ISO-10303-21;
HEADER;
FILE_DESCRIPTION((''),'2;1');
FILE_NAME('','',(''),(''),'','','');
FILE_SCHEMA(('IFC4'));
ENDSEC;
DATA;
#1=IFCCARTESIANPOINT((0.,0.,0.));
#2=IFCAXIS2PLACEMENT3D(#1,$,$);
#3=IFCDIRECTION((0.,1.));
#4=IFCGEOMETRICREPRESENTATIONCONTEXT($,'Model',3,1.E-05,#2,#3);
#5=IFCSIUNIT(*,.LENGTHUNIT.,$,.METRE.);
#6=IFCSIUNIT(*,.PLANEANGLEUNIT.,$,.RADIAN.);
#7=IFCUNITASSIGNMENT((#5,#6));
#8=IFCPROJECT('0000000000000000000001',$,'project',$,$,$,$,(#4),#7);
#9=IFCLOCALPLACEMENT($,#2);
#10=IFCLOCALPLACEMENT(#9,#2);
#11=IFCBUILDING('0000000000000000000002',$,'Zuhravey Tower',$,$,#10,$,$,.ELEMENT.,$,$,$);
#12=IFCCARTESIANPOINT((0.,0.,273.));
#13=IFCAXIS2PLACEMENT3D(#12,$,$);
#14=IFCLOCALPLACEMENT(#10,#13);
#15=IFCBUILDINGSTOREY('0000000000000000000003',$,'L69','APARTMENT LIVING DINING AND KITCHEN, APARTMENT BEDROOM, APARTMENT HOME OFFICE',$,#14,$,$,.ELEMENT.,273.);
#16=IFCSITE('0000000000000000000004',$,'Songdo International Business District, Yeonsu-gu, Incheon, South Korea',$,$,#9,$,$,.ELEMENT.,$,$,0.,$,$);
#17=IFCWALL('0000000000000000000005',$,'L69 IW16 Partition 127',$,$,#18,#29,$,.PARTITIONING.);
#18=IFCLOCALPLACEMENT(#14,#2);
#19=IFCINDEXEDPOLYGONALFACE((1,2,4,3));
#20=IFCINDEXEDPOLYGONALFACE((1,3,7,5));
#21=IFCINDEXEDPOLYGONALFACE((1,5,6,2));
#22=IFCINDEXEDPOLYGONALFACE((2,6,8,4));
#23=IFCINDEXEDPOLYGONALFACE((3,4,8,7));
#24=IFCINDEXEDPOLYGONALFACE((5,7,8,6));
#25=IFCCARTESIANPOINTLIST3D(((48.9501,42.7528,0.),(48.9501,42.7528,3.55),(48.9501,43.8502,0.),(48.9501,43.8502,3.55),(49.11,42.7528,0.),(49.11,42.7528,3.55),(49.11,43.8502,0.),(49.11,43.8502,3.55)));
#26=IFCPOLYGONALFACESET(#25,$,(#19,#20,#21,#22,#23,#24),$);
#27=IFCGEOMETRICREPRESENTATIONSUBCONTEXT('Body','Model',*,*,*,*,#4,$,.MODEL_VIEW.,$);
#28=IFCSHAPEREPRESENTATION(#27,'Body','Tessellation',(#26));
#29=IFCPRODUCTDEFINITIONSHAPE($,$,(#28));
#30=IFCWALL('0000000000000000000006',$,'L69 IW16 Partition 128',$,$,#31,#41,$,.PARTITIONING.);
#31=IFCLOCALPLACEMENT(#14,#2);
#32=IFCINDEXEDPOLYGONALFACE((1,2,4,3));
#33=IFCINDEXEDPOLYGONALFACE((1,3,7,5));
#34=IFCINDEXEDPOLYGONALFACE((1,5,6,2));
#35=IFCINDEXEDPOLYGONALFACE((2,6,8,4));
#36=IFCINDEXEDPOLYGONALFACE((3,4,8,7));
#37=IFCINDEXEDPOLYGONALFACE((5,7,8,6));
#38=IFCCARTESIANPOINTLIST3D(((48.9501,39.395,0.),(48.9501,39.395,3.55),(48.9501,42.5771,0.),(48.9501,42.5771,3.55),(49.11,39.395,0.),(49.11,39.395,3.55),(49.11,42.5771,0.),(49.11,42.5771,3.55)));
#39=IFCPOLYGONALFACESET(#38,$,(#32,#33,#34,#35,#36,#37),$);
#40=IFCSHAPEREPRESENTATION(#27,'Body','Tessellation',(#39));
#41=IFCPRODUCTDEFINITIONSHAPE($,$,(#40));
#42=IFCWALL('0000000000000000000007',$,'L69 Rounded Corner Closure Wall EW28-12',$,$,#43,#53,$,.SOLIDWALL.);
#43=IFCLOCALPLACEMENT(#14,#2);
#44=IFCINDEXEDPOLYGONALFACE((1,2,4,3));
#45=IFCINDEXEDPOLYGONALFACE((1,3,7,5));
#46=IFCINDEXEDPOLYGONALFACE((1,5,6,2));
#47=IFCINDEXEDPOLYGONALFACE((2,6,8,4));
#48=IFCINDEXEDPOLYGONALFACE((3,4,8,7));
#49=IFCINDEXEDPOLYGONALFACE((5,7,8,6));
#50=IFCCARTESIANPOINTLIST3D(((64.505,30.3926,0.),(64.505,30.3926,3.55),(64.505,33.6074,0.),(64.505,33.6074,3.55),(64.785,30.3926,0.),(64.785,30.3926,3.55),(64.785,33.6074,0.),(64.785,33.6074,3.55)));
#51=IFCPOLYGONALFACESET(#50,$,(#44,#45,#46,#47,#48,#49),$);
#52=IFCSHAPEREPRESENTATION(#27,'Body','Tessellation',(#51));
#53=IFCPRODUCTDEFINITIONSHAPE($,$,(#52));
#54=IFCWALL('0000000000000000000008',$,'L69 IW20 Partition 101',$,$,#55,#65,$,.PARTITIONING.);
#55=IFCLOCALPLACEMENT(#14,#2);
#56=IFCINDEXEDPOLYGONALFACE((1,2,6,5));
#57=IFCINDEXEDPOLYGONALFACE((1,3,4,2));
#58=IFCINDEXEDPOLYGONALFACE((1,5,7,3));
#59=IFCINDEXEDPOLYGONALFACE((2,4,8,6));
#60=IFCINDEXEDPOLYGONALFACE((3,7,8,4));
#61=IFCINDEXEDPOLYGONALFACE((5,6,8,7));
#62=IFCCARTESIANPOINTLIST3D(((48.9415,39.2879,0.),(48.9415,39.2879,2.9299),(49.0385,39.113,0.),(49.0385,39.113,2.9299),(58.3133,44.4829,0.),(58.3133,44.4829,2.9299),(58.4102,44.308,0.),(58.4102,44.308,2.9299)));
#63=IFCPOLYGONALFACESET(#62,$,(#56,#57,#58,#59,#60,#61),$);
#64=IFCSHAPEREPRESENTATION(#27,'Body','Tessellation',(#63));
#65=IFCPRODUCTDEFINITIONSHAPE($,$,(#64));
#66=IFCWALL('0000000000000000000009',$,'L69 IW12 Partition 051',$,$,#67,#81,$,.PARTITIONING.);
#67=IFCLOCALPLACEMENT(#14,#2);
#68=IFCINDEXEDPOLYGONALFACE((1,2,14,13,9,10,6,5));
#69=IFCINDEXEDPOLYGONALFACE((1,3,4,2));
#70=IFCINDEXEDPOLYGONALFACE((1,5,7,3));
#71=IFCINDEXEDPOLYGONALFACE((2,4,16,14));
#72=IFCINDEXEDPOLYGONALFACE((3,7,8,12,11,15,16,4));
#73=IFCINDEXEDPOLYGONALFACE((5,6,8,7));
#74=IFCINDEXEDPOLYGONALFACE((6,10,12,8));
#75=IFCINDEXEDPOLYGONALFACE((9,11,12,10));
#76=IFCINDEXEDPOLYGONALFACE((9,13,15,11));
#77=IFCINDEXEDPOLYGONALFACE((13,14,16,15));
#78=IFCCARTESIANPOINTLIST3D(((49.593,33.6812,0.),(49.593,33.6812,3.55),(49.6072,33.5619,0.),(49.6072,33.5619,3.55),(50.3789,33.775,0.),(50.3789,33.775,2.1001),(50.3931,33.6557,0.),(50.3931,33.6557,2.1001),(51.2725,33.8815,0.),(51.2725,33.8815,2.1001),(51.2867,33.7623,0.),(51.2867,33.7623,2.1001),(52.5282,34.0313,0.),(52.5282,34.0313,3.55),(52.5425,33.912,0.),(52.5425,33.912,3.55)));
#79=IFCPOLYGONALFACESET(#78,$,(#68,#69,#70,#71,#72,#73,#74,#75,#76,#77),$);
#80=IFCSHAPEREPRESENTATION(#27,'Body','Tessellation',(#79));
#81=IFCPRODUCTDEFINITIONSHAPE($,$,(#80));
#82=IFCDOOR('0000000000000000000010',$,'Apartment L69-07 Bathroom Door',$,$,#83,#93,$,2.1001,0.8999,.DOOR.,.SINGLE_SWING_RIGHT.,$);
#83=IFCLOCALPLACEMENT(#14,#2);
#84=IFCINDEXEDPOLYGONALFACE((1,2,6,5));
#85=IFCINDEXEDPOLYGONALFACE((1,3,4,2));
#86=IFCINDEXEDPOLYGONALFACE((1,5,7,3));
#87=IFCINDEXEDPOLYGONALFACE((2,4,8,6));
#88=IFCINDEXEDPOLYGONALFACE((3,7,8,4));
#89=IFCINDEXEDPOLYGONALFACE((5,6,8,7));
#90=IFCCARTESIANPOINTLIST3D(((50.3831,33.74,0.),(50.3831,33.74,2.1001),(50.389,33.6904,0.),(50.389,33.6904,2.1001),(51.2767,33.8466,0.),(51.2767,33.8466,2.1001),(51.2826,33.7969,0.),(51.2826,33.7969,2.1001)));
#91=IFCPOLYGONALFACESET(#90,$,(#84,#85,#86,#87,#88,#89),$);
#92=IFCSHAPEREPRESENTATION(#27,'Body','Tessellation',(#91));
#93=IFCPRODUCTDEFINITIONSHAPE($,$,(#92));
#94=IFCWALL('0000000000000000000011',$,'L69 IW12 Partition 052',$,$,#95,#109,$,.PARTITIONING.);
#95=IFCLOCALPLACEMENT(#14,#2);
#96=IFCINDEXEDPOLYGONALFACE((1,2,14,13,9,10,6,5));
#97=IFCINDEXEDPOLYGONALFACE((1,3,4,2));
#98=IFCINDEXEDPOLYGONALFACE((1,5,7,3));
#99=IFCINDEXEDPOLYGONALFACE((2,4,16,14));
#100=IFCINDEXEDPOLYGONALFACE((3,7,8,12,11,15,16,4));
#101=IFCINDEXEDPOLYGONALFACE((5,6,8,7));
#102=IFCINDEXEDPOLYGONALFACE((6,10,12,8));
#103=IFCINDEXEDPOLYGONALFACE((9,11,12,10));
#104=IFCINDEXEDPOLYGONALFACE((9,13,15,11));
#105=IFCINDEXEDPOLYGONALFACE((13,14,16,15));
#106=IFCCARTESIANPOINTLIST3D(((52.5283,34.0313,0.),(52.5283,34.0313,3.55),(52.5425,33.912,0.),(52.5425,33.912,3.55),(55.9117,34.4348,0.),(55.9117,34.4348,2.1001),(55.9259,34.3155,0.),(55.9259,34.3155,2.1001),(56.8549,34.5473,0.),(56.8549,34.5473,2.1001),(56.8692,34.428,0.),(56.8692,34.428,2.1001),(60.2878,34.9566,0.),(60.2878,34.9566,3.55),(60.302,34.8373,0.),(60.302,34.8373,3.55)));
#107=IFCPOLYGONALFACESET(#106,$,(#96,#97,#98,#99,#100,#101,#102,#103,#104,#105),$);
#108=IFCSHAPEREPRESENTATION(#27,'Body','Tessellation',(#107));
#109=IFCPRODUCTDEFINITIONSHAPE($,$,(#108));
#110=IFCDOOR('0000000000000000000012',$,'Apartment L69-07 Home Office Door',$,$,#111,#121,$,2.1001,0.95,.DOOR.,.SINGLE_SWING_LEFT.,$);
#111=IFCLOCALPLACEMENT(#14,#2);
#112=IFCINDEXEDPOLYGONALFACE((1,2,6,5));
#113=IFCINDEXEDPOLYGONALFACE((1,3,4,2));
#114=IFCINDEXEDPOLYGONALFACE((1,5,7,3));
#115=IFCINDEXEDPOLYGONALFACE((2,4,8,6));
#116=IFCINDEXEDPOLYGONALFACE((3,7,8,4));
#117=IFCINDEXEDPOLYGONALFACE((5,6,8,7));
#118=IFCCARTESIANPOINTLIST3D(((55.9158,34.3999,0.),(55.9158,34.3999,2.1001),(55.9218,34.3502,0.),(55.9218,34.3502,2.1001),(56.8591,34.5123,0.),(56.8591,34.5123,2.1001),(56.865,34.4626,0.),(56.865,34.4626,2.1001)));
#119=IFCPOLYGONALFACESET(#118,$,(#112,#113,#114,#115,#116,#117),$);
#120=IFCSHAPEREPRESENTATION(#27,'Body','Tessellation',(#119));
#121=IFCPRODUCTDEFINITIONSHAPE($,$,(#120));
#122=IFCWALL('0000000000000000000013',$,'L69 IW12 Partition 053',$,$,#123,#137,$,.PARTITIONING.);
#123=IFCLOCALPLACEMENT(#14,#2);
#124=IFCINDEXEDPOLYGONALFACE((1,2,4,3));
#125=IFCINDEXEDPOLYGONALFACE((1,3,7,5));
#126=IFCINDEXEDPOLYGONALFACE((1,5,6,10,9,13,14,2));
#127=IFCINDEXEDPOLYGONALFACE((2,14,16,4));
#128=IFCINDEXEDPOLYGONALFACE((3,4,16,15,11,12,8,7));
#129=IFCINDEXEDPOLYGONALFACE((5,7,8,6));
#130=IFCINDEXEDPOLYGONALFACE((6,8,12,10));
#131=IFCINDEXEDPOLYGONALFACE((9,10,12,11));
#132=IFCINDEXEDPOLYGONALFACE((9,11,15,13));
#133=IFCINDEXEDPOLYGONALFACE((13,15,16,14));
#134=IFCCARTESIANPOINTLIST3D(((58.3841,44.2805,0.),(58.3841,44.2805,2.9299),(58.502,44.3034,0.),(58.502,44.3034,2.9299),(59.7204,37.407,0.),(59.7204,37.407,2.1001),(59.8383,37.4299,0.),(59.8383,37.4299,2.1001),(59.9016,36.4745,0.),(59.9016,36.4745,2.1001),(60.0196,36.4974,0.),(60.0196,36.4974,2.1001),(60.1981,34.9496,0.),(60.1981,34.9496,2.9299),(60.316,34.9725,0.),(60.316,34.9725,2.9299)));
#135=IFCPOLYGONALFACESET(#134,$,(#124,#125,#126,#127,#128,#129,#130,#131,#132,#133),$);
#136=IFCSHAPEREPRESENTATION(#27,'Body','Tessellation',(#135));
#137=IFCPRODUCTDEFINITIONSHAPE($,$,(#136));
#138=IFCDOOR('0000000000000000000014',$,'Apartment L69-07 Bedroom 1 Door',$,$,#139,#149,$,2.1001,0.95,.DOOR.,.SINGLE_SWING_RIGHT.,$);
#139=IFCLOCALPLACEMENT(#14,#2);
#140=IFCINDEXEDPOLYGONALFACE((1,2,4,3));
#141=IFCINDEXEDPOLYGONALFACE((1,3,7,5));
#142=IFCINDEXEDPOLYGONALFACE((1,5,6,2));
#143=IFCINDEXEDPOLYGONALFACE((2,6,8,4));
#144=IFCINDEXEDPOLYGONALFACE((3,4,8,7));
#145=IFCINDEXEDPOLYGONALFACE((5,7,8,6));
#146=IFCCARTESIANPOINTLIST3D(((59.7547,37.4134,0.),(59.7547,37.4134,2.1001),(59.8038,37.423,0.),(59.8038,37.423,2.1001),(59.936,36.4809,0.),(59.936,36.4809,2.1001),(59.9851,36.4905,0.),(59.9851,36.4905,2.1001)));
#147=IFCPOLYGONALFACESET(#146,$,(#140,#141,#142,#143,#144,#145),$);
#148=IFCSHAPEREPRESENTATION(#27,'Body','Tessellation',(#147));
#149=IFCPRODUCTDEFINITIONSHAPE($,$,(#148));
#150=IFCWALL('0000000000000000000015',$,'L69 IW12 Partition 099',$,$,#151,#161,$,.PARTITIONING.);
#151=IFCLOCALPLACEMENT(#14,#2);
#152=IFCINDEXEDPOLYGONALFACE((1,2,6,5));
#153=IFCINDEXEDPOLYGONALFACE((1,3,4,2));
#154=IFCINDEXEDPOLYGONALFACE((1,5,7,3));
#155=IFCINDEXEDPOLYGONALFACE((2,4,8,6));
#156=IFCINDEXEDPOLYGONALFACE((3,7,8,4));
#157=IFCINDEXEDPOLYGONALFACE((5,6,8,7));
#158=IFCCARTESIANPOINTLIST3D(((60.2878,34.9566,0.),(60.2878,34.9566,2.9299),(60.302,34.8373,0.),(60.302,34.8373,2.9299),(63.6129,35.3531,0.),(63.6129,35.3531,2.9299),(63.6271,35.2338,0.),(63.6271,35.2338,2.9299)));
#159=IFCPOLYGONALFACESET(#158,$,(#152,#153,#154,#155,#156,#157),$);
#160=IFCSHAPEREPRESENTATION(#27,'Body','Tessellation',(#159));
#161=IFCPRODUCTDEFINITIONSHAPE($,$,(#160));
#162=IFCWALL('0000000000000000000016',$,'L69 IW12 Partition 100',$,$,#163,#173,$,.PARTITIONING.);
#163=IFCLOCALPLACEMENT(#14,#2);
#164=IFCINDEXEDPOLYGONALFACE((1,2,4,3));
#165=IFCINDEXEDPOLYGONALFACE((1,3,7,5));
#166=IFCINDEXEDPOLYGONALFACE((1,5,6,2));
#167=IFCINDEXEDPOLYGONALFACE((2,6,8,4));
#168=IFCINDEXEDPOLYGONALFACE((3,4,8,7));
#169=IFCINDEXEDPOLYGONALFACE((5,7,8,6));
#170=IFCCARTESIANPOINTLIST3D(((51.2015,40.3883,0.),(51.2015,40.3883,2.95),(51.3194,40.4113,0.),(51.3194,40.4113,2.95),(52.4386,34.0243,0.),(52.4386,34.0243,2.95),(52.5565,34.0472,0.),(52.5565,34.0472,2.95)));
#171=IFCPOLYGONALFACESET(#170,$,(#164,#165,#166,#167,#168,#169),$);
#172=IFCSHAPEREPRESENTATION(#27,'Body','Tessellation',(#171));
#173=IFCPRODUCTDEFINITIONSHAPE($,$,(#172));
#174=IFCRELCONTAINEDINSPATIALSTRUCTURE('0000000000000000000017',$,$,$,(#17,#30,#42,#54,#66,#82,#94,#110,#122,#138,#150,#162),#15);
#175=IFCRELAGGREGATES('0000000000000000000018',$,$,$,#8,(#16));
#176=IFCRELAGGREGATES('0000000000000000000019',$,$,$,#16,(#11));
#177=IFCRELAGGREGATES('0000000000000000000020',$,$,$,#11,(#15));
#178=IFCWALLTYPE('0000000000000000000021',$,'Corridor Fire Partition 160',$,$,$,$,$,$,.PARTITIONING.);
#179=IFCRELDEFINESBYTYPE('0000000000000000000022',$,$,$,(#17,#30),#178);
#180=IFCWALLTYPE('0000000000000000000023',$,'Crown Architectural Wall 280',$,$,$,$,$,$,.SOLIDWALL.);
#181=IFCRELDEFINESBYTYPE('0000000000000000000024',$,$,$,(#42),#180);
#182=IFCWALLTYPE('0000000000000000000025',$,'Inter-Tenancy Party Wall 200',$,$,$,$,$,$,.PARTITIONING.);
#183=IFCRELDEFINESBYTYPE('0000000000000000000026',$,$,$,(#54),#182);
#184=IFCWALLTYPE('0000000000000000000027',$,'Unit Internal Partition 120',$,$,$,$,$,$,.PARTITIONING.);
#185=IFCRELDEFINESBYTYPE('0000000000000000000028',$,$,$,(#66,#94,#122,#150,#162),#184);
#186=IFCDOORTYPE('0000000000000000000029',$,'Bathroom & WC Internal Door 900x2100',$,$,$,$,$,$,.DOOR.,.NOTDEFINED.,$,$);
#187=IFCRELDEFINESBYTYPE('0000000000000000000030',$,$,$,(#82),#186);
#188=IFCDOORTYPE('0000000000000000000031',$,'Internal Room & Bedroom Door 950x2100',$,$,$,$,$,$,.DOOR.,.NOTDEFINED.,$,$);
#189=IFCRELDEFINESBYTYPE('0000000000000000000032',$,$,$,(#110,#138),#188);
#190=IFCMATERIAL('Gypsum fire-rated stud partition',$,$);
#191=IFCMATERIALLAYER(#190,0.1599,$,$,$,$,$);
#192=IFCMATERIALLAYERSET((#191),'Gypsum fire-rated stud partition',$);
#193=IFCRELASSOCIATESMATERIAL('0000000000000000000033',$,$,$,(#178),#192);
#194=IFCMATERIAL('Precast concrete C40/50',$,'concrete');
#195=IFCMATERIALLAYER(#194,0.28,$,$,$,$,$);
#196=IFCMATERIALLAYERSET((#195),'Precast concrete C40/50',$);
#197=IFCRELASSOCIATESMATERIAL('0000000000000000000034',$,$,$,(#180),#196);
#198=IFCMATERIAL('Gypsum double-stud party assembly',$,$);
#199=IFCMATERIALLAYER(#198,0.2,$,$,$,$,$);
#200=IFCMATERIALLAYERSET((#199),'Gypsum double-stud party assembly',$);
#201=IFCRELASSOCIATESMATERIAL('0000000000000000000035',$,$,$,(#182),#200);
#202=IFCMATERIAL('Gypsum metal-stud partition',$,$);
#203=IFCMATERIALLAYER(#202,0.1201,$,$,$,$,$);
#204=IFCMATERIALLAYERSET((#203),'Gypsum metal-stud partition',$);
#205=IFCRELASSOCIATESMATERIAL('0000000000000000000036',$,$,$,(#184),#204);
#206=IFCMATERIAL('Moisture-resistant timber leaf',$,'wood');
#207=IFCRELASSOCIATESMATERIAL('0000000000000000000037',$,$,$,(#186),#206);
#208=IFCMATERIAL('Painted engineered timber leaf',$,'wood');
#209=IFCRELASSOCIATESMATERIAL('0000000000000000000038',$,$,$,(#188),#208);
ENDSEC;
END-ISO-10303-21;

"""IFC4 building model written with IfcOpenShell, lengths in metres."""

from ifc_helpers import new_model, si_unit, direction, frame, frame_2d, origin, place, context, subcontext, project, spatial, rectangle, extrude, material, layer, layer_set, type_object, element, fill, save


model = new_model("IFC4")

# Units and contexts
model_context = context("Model", 3, precision=1e-05, world=origin(), true_north=direction((0.0, 1.0)))
body_context = subcontext(model_context, "Body", "Model", "MODEL_VIEW")
ifc_project = project(units=[si_unit("LENGTHUNIT", "METRE"), si_unit("PLANEANGLEUNIT", "RADIAN")], contexts=[model_context])

# Site, building, storey
site_placement = place(None, origin())
site = spatial("IfcSite", under=ifc_project, at=site_placement, Name="Songdo International Business District, Yeonsu-gu, Incheon, South Korea", CompositionType="ELEMENT", RefElevation=0.0)
building_placement = place(site_placement, origin())
building = spatial("IfcBuilding", under=site, at=building_placement, Name="Zuhravey Tower", CompositionType="ELEMENT")
storey_placement = place(building_placement, frame((0.0, 0.0, 273.0)))
storey = spatial("IfcBuildingStorey", under=building, at=storey_placement, Name="L69", Description="APARTMENT LIVING DINING AND KITCHEN, APARTMENT BEDROOM, APARTMENT HOME OFFICE", CompositionType="ELEMENT", Elevation=273.0)

# Walls
ifc_material_1 = material(Name="Gypsum fire-rated stud partition")
ifc_layer_1 = layer(ifc_material_1, 0.1599)
ifc_layer_set_1 = layer_set([ifc_layer_1], Name="Gypsum fire-rated stud partition")
wall_type_1 = type_object("IfcWallType", Name="Corridor Fire Partition 160", PredefinedType="PARTITIONING", material=ifc_layer_set_1)
wall_1_placement = place(storey_placement, frame((49.03, 42.7527, 0.0), z_axis=(0.0, 0.0, 1.0), x_axis=(0.0, 1.0, 0.0)))
element("IfcWall", 1, at=wall_1_placement, inside=storey, type_object=wall_type_1, Name="L69 IW16 Partition 127", PredefinedType="PARTITIONING", context=body_context, shape_type="SweptSolid", body=[
    extrude(rectangle(XDim=1.0974, YDim=0.1599, at=frame_2d((0.5488, 0.0))), origin(), (0.0, 0.0, 1.0), 3.55),
])
wall_2_placement = place(storey_placement, frame((49.03, 39.395, 0.0), z_axis=(0.0, 0.0, 1.0), x_axis=(0.0, 1.0, 0.0)))
element("IfcWall", 2, at=wall_2_placement, inside=storey, type_object=wall_type_1, Name="L69 IW16 Partition 128", PredefinedType="PARTITIONING", context=body_context, shape_type="SweptSolid", body=[
    extrude(rectangle(XDim=3.1821, YDim=0.1599, at=frame_2d((1.5911, 0.0))), origin(), (0.0, 0.0, 1.0), 3.55),
])
ifc_material_2 = material(Name="Precast concrete C40/50", Category="concrete")
ifc_layer_2 = layer(ifc_material_2, 0.28)
ifc_layer_set_2 = layer_set([ifc_layer_2], Name="Precast concrete C40/50")
wall_type_2 = type_object("IfcWallType", Name="Crown Architectural Wall 280", PredefinedType="SOLIDWALL", material=ifc_layer_set_2)
wall_3_placement = place(storey_placement, frame((64.645, 33.6074, 0.0), z_axis=(0.0, 0.0, 1.0), x_axis=(0.0, -1.0, 0.0)))
element("IfcWall", 3, at=wall_3_placement, inside=storey, type_object=wall_type_2, Name="L69 Rounded Corner Closure Wall EW28-12", PredefinedType="SOLIDWALL", context=body_context, shape_type="SweptSolid", body=[
    extrude(rectangle(XDim=3.2148, YDim=0.28, at=frame_2d((1.6074, 0.0))), origin(), (0.0, 0.0, 1.0), 3.55),
])
ifc_material_3 = material(Name="Gypsum double-stud party assembly")
ifc_layer_3 = layer(ifc_material_3, 0.2)
ifc_layer_set_3 = layer_set([ifc_layer_3], Name="Gypsum double-stud party assembly")
wall_type_3 = type_object("IfcWallType", Name="Inter-Tenancy Party Wall 200", PredefinedType="PARTITIONING", material=ifc_layer_set_3)
wall_4_placement = place(storey_placement, frame((48.99, 39.2004, 0.0), z_axis=(0.0, 0.0, 1.0), x_axis=(0.874613, 0.484822, 0.0)))
element("IfcWall", 4, at=wall_4_placement, inside=storey, type_object=wall_type_3, Name="L69 IW20 Partition 101", PredefinedType="PARTITIONING", context=body_context, shape_type="SweptSolid", body=[
    extrude(rectangle(XDim=10.7153, YDim=0.2, at=frame_2d((5.3577, 0.0))), origin(), (0.0, 0.0, 1.0), 2.9299),
])

# Walls, openings, doors
ifc_material_4 = material(Name="Gypsum metal-stud partition")
ifc_layer_4 = layer(ifc_material_4, 0.1201)
ifc_layer_set_4 = layer_set([ifc_layer_4], Name="Gypsum metal-stud partition")
wall_type_4 = type_object("IfcWallType", Name="Unit Internal Partition 120", PredefinedType="PARTITIONING", material=ifc_layer_set_4)
wall_5_placement = place(storey_placement, frame((49.6001, 33.6216, 0.0), z_axis=(0.0, 0.0, 1.0), x_axis=(0.992962, 0.118432, 0.0)))
wall_5 = element("IfcWall", 5, at=wall_5_placement, inside=storey, type_object=wall_type_4, Name="L69 IW12 Partition 051", PredefinedType="PARTITIONING", context=body_context, shape_type="SweptSolid", body=[
    extrude(rectangle(XDim=2.9561, YDim=0.1201, at=frame_2d((1.478, 0.0))), origin(), (0.0, 0.0, 1.0), 3.55),
])
opening_1_placement = place(wall_5_placement, frame((0.7915, 0.0, 0.0)))
opening_1 = element("IfcOpeningElement", 6, at=opening_1_placement, cuts=wall_5, PredefinedType="OPENING", context=body_context, shape_type="SweptSolid", body=[
    extrude(rectangle(XDim=0.8999, YDim=2.1001, at=frame_2d((0.45, 1.05))), frame((0.0, 0.072, 0.0), z_axis=(0.0, -1.0, 0.0), x_axis=(1.0, 0.0, 0.0)), (0.0, 0.0, 1.0), 0.144),
])
ifc_material_5 = material(Name="Moisture-resistant timber leaf", Category="wood")
door_type_1 = type_object("IfcDoorType", Name="Bathroom & WC Internal Door 900x2100", OperationType="NOTDEFINED", PredefinedType="DOOR", material=ifc_material_5)
door_1_placement = place(opening_1_placement, origin())
door_1 = element("IfcDoor", 7, at=door_1_placement, inside=storey, type_object=door_type_1, Name="Apartment L69-07 Bathroom Door", OperationType="SINGLE_SWING_RIGHT", OverallHeight=2.1001, OverallWidth=0.8999, PredefinedType="DOOR", context=body_context, shape_type="SweptSolid", body=[
    extrude(rectangle(XDim=0.8999, YDim=2.1001, at=frame_2d((0.45, 1.05))), frame((0.0, 0.0249, 0.0), z_axis=(0.0, -1.0, 0.0), x_axis=(1.0, 0.0, 0.0)), (0.0, 0.0, 1.0), 0.05),
])
fill(opening_1, door_1)
wall_6_placement = place(storey_placement, frame((52.5354, 33.9717, 0.0), z_axis=(0.0, 0.0, 1.0), x_axis=(0.992965, 0.118407, 0.0)))
wall_6 = element("IfcWall", 8, at=wall_6_placement, inside=storey, type_object=wall_type_4, Name="L69 IW12 Partition 052", PredefinedType="PARTITIONING", context=body_context, shape_type="SweptSolid", body=[
    extrude(rectangle(XDim=7.8145, YDim=0.1201, at=frame_2d((3.9072, 0.0))), origin(), (0.0, 0.0, 1.0), 3.55),
])
opening_2_placement = place(wall_6_placement, frame((3.4072, 0.0, 0.0)))
opening_2 = element("IfcOpeningElement", 9, at=opening_2_placement, cuts=wall_6, PredefinedType="OPENING", context=body_context, shape_type="SweptSolid", body=[
    extrude(rectangle(XDim=0.95, YDim=2.1001, at=frame_2d((0.4751, 1.05))), frame((0.0, 0.072, 0.0), z_axis=(0.0, -1.0, 0.0), x_axis=(1.0, 0.0, 0.0)), (0.0, 0.0, 1.0), 0.144),
])
ifc_material_6 = material(Name="Painted engineered timber leaf", Category="wood")
door_type_2 = type_object("IfcDoorType", Name="Internal Room & Bedroom Door 950x2100", OperationType="NOTDEFINED", PredefinedType="DOOR", material=ifc_material_6)
door_2_placement = place(opening_2_placement, origin())
door_2 = element("IfcDoor", 10, at=door_2_placement, inside=storey, type_object=door_type_2, Name="Apartment L69-07 Home Office Door", OperationType="SINGLE_SWING_LEFT", OverallHeight=2.1001, OverallWidth=0.95, PredefinedType="DOOR", context=body_context, shape_type="SweptSolid", body=[
    extrude(rectangle(XDim=0.95, YDim=2.1001, at=frame_2d((0.4751, 1.05))), frame((0.0, 0.0249, 0.0), z_axis=(0.0, -1.0, 0.0), x_axis=(1.0, 0.0, 0.0)), (0.0, 0.0, 1.0), 0.05),
])
fill(opening_2, door_2)
wall_7_placement = place(storey_placement, frame((60.2571, 34.9609, 0.0), z_axis=(0.0, 0.0, 1.0), x_axis=(-0.190833, 0.981622, 0.0)))
wall_7 = element("IfcWall", 11, at=wall_7_placement, inside=storey, type_object=wall_type_4, Name="L69 IW12 Partition 053", PredefinedType="PARTITIONING", context=body_context, shape_type="SweptSolid", body=[
    extrude(rectangle(XDim=9.5056, YDim=0.1201, at=frame_2d((4.7529, 0.0))), origin(), (0.0, 0.0, 1.0), 2.9299),
])
opening_3_placement = place(wall_7_placement, frame((1.5535, 0.0, 0.0)))
opening_3 = element("IfcOpeningElement", 12, at=opening_3_placement, cuts=wall_7, PredefinedType="OPENING", context=body_context, shape_type="SweptSolid", body=[
    extrude(rectangle(XDim=0.95, YDim=2.1001, at=frame_2d((0.4751, 1.05))), frame((0.0, 0.072, 0.0), z_axis=(0.0, -1.0, 0.0), x_axis=(1.0, 0.0, 0.0)), (0.0, 0.0, 1.0), 0.144),
])
door_3_placement = place(opening_3_placement, frame((0.95, 0.0, 0.0), z_axis=(0.0, 0.0, 1.0), x_axis=(-1.0, 0.0, 0.0)))
door_3 = element("IfcDoor", 13, at=door_3_placement, inside=storey, type_object=door_type_2, Name="Apartment L69-07 Bedroom 1 Door", OperationType="SINGLE_SWING_RIGHT", OverallHeight=2.1001, OverallWidth=0.95, PredefinedType="DOOR", context=body_context, shape_type="SweptSolid", body=[
    extrude(rectangle(XDim=0.95, YDim=2.1001, at=frame_2d((0.4751, 1.05))), frame((0.0, 0.0249, 0.0), z_axis=(0.0, -1.0, 0.0), x_axis=(1.0, 0.0, 0.0)), (0.0, 0.0, 1.0), 0.05),
])
fill(opening_3, door_3)

# Walls
wall_8_placement = place(storey_placement, frame((60.2949, 34.897, 0.0), z_axis=(0.0, 0.0, 1.0), x_axis=(0.992966, 0.118398, 0.0)))
element("IfcWall", 14, at=wall_8_placement, inside=storey, type_object=wall_type_4, Name="L69 IW12 Partition 099", PredefinedType="PARTITIONING", context=body_context, shape_type="SweptSolid", body=[
    extrude(rectangle(XDim=3.3486, YDim=0.1201, at=frame_2d((1.6743, 0.0))), origin(), (0.0, 0.0, 1.0), 2.9299),
])
wall_9_placement = place(storey_placement, frame((52.4976, 34.0356, 0.0), z_axis=(0.0, 0.0, 1.0), x_axis=(-0.190812, 0.981627, 0.0)))
element("IfcWall", 15, at=wall_9_placement, inside=storey, type_object=wall_type_4, Name="L69 IW12 Partition 100", PredefinedType="PARTITIONING", context=body_context, shape_type="SweptSolid", body=[
    extrude(rectangle(XDim=6.4832, YDim=0.1201, at=frame_2d((3.2417, 0.0))), origin(), (0.0, 0.0, 1.0), 2.95),
])

save(model, "model.ifc")
